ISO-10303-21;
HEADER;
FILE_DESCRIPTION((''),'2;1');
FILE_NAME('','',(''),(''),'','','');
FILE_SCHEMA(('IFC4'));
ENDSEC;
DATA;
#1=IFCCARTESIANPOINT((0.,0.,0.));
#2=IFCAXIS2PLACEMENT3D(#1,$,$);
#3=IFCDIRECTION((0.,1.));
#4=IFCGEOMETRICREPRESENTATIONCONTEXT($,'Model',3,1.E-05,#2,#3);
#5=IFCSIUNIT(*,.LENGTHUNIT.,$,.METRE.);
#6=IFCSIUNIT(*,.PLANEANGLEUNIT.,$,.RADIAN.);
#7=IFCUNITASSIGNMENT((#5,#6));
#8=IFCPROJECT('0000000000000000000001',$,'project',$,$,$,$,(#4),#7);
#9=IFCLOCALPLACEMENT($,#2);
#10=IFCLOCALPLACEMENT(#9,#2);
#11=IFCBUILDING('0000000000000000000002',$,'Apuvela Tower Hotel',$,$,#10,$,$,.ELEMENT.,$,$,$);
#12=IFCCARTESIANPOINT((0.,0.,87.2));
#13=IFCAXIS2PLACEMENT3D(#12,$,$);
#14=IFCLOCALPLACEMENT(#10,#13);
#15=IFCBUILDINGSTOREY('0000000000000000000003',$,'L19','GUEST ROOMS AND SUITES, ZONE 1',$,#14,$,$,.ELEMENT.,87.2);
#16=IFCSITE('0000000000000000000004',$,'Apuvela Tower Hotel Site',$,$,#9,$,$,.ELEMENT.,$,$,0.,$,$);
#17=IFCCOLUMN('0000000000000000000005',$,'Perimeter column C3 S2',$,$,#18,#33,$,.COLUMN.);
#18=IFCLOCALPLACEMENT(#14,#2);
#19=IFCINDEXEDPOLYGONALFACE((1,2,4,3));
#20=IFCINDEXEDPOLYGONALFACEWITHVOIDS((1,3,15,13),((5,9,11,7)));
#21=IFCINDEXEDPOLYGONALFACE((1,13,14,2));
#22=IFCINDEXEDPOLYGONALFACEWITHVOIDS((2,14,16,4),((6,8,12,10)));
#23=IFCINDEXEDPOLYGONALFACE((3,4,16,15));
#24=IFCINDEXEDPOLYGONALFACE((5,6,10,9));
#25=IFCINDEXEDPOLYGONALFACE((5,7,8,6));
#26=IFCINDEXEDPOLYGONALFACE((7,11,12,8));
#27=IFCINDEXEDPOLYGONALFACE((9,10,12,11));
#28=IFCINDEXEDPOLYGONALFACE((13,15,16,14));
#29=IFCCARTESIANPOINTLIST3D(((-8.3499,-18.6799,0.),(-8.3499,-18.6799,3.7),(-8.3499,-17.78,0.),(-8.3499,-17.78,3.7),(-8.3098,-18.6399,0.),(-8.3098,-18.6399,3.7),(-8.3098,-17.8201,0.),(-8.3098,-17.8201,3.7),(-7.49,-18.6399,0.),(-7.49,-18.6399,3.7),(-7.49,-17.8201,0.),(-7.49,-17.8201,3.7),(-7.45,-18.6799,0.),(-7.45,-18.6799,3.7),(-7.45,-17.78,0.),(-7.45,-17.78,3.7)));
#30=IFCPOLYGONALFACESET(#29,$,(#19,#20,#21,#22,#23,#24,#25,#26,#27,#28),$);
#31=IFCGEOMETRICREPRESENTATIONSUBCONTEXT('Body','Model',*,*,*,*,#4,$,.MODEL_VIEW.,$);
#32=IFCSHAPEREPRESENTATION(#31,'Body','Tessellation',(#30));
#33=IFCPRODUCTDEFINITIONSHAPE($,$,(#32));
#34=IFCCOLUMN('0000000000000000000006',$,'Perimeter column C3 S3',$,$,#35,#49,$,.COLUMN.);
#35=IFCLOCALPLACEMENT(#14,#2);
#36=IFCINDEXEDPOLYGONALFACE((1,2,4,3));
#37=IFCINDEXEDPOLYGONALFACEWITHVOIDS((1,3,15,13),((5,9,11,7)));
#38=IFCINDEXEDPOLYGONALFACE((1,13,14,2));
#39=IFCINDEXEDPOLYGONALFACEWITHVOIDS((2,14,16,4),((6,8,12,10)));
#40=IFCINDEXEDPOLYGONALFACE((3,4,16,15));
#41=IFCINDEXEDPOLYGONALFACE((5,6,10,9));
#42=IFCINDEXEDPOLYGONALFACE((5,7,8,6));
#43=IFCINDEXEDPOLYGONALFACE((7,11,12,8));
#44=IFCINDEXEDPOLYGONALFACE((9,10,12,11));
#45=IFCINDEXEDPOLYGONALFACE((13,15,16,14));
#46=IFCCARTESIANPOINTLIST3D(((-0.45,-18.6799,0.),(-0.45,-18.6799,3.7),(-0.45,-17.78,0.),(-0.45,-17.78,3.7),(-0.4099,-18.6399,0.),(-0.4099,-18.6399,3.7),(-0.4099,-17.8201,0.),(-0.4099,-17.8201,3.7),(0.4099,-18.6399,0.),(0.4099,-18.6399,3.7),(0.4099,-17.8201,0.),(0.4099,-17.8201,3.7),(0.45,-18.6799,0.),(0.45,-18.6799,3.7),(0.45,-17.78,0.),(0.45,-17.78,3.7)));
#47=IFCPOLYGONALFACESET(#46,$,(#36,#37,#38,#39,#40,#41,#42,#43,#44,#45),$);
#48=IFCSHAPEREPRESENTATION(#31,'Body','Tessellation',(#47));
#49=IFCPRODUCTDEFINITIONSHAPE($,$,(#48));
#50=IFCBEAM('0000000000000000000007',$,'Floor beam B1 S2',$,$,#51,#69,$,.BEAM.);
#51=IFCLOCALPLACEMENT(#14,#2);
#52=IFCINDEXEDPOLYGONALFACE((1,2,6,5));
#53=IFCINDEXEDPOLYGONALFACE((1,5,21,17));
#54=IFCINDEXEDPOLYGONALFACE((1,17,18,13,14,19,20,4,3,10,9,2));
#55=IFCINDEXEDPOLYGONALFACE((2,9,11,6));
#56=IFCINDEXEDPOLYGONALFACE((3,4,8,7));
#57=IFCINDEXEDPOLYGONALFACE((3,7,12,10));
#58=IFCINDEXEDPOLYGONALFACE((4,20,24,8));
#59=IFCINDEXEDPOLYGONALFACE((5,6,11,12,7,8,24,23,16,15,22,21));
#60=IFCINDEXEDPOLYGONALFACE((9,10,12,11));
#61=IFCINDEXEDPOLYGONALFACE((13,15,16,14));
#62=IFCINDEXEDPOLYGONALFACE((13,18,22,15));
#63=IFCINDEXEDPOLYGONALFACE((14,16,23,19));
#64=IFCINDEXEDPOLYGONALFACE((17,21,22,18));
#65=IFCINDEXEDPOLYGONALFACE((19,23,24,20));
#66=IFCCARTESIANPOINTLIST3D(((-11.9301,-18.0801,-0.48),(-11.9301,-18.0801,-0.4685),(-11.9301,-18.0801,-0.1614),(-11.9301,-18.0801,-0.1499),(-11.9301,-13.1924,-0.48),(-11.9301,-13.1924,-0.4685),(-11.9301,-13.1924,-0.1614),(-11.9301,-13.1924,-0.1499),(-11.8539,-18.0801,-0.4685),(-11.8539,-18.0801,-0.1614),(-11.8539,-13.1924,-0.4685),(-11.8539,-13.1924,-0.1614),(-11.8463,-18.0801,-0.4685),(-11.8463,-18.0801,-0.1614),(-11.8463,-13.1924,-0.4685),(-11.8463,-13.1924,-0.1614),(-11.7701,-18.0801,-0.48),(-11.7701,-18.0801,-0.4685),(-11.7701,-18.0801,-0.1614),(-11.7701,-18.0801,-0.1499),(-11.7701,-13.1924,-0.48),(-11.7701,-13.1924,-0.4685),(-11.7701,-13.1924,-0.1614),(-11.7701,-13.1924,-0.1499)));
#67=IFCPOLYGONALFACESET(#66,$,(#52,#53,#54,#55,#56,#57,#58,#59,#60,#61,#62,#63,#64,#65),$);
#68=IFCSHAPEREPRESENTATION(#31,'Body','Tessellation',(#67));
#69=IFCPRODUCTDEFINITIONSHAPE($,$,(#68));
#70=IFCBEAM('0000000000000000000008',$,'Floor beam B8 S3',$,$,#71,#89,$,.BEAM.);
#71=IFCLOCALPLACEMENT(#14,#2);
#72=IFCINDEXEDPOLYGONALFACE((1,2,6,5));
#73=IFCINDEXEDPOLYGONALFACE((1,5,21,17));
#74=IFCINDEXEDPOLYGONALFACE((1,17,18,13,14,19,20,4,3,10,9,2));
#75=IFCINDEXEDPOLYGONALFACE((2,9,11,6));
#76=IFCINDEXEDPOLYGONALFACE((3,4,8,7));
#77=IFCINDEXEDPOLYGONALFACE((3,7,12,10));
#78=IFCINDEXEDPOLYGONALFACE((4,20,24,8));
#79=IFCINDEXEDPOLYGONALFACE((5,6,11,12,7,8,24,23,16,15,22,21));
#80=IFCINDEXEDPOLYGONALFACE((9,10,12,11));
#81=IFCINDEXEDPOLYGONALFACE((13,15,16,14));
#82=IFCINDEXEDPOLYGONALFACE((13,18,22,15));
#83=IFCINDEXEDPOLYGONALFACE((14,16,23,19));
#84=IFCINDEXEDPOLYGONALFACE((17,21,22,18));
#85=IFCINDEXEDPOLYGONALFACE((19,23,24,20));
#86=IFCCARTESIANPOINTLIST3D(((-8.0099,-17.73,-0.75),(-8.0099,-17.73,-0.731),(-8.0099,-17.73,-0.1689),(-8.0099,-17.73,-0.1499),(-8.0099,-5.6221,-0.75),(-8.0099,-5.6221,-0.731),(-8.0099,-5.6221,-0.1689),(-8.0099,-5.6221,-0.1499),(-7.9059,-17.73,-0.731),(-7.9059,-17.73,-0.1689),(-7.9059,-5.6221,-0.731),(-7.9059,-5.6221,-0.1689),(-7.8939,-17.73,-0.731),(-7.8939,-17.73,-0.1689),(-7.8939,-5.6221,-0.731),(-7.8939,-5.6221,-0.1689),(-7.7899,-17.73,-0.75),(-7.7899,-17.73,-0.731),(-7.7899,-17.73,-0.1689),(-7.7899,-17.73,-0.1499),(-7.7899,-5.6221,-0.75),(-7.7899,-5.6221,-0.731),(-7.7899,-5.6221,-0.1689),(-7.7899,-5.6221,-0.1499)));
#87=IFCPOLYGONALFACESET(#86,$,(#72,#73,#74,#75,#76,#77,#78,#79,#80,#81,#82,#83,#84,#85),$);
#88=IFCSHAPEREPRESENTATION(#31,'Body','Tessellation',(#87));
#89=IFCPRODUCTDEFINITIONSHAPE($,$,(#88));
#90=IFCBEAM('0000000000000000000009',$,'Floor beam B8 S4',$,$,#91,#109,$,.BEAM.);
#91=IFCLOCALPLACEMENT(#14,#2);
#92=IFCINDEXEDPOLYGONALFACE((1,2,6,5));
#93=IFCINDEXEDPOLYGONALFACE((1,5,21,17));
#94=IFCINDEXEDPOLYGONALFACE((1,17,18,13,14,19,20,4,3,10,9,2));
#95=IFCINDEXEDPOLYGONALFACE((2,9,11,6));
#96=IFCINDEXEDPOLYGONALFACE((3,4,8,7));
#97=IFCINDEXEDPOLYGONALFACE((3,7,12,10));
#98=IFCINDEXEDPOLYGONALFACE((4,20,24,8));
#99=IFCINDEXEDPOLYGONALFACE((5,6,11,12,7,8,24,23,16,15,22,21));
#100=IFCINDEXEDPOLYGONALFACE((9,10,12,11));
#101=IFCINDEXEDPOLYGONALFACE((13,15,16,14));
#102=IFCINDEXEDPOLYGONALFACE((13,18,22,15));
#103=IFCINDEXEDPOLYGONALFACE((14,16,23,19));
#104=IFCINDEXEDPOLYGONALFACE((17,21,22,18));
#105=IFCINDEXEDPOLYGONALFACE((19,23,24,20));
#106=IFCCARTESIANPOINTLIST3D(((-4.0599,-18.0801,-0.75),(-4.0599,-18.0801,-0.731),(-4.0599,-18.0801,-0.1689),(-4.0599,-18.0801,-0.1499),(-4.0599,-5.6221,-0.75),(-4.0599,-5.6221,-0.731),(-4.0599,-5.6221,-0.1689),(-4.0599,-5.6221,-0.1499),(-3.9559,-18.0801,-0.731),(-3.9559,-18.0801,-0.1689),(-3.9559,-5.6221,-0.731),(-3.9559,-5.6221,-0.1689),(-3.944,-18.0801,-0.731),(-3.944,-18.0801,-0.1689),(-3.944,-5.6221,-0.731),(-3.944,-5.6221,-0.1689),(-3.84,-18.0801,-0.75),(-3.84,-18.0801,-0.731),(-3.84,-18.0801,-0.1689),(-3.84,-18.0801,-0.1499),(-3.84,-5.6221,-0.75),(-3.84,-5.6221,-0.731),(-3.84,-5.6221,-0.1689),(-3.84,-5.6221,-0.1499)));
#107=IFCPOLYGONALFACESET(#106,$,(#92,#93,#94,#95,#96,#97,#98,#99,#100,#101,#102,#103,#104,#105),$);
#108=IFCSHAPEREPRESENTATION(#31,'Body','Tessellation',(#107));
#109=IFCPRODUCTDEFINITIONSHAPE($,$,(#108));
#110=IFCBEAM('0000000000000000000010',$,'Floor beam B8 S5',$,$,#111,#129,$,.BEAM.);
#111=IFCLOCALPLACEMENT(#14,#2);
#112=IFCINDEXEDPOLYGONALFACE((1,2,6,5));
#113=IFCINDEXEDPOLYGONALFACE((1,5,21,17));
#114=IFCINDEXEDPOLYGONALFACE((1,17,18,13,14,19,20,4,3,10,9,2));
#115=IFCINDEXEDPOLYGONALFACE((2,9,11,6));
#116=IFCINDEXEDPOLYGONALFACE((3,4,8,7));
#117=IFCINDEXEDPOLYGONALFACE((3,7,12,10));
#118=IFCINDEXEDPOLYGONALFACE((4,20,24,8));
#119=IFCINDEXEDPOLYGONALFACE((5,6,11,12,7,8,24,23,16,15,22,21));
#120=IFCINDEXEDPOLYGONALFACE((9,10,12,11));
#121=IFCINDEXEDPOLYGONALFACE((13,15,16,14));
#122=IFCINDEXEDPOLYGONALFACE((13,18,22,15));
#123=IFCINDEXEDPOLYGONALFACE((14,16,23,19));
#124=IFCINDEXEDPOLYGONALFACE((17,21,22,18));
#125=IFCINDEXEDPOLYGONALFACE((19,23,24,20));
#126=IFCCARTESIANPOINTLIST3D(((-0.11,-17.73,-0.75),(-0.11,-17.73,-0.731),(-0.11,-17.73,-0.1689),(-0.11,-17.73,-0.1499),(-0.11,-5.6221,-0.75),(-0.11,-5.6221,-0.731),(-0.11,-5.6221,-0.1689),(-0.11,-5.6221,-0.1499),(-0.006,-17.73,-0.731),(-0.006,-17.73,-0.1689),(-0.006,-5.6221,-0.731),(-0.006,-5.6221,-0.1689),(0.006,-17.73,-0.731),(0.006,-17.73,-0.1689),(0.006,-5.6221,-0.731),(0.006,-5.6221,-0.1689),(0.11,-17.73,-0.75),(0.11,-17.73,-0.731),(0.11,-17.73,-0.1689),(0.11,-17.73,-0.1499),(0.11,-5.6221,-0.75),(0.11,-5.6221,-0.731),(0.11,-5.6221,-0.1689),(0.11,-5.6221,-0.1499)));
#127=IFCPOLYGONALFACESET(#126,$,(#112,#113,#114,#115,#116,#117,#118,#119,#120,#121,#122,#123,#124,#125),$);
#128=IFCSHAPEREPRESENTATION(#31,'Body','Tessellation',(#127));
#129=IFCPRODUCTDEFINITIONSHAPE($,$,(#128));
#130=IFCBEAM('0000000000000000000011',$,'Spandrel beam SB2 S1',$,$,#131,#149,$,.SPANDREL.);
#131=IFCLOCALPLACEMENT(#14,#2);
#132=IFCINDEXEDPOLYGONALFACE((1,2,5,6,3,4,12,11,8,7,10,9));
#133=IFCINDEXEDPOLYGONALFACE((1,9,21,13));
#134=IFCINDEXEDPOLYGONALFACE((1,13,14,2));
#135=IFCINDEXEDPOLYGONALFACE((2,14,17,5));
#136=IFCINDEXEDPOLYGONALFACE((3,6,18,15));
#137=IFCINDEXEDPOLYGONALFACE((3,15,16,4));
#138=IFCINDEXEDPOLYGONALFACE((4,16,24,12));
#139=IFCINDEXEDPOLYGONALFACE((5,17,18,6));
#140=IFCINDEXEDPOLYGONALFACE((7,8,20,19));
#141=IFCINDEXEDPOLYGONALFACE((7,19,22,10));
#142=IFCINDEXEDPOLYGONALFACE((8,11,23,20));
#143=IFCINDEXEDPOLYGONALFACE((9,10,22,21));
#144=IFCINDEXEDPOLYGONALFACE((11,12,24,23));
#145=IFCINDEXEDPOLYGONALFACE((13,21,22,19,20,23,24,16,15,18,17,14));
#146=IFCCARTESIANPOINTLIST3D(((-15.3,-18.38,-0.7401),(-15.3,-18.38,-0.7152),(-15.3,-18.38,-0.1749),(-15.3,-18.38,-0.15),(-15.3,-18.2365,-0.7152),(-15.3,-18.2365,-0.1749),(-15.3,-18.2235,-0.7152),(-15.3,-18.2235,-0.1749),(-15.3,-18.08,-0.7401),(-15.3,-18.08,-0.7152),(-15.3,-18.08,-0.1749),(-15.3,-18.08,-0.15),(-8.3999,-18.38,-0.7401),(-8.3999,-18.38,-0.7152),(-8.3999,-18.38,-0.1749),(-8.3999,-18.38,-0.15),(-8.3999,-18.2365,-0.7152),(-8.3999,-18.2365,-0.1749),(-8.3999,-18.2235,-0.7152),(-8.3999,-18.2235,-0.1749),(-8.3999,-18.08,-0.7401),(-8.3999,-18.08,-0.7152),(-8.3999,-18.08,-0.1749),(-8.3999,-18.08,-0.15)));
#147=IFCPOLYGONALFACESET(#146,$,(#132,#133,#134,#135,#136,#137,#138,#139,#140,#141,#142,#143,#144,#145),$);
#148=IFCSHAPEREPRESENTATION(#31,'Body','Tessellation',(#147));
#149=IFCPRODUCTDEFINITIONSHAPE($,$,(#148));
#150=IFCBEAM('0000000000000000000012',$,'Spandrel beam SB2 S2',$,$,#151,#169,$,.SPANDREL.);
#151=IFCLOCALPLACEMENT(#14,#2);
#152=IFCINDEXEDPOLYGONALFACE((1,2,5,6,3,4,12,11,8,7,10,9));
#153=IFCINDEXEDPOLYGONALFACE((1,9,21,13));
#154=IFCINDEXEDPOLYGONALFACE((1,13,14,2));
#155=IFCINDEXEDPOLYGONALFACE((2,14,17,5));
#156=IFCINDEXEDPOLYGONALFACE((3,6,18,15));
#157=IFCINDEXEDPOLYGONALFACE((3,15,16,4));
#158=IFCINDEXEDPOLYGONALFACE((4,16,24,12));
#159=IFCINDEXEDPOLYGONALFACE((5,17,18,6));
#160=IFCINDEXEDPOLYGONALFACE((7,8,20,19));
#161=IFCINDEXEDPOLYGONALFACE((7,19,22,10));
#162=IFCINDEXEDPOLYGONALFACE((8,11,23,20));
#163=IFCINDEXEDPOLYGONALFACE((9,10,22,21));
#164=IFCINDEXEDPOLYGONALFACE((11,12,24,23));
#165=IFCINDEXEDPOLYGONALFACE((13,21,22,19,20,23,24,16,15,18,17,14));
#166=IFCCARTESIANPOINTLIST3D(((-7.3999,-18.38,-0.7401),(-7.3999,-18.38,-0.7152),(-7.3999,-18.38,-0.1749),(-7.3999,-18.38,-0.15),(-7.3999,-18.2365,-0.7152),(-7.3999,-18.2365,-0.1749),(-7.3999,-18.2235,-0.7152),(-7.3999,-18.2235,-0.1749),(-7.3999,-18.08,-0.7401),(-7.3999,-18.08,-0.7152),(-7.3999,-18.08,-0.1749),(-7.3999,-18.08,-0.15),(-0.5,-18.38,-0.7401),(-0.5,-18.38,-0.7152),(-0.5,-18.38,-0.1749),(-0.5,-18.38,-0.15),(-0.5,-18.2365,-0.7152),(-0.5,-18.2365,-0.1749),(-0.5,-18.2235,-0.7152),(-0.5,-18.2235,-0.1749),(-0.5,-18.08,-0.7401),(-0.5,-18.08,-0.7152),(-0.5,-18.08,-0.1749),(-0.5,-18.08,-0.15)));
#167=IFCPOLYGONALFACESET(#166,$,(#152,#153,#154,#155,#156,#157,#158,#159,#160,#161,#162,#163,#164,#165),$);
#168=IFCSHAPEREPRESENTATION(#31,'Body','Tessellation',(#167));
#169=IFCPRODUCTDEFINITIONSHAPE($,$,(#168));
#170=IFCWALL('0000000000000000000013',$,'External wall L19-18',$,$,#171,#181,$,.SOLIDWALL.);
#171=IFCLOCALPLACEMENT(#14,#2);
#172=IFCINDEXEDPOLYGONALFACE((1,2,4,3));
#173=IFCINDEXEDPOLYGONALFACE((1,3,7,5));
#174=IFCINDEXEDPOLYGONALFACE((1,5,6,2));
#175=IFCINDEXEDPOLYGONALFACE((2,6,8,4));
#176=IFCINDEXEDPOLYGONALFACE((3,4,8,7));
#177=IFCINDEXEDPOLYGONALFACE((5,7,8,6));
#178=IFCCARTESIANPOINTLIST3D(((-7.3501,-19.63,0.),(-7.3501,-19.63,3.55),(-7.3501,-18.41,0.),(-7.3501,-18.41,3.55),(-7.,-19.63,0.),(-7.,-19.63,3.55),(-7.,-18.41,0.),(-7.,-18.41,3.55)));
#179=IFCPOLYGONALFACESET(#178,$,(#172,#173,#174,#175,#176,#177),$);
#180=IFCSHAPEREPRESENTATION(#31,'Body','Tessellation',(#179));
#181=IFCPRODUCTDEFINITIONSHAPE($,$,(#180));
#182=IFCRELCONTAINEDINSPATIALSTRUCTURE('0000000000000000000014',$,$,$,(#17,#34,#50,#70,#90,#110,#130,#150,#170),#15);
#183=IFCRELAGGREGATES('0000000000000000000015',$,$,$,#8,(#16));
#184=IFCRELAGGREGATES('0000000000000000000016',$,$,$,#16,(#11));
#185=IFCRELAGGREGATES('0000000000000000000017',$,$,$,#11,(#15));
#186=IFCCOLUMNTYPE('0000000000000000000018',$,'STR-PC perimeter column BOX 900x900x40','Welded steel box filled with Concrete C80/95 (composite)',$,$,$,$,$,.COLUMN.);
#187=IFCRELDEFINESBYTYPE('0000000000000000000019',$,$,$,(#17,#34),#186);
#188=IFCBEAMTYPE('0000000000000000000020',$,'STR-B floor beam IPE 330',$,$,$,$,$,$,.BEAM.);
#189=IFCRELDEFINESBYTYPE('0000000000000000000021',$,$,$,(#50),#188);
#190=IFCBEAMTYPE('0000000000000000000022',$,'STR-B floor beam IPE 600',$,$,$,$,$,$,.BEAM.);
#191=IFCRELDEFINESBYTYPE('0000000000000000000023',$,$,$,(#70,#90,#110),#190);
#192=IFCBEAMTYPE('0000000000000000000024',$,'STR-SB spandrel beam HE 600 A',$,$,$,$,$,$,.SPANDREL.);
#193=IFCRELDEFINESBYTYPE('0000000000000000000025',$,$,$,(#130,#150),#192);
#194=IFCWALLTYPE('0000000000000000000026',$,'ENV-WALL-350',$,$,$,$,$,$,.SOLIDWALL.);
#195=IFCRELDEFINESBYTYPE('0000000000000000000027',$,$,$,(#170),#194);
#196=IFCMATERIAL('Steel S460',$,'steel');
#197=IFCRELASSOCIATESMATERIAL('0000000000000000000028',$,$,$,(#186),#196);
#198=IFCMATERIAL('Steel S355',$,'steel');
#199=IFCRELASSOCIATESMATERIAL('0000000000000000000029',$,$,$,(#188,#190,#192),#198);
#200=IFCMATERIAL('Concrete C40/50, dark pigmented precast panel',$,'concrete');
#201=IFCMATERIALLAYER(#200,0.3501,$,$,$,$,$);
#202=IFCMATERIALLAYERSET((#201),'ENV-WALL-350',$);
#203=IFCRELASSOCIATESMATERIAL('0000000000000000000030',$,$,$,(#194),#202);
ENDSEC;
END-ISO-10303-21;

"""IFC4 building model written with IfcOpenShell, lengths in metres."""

from ifc_helpers import new_model, si_unit, direction, frame, frame_2d, origin, origin_2d, place, context, subcontext, project, spatial, rectangle, hollow_rectangle, i_section, extrude, material, layer, layer_set, material_profile, profile_set, type_object, element, save


model = new_model("IFC4")

# Units and contexts
model_context = context("Model", 3, precision=1e-05, world=origin(), true_north=direction((0.0, 1.0)))
body_context = subcontext(model_context, "Body", "Model", "MODEL_VIEW")
ifc_project = project(units=[si_unit("LENGTHUNIT", "METRE"), si_unit("PLANEANGLEUNIT", "RADIAN")], contexts=[model_context])

# Site, building, storey
site_placement = place(None, origin())
site = spatial("IfcSite", under=ifc_project, at=site_placement, Name="Apuvela Tower Hotel Site", CompositionType="ELEMENT", RefElevation=0.0)
building_placement = place(site_placement, origin())
building = spatial("IfcBuilding", under=site, at=building_placement, Name="Apuvela Tower Hotel", CompositionType="ELEMENT")
storey_placement = place(building_placement, frame((0.0, 0.0, 87.2)))
storey = spatial("IfcBuildingStorey", under=building, at=storey_placement, Name="L19", Description="GUEST ROOMS AND SUITES, ZONE 1", CompositionType="ELEMENT", Elevation=87.2)

# Columns
ifc_material_1 = material(Name="Steel S460", Category="steel")
ifc_material_profile_1 = material_profile(ifc_material_1, hollow_rectangle(XDim=0.8999, YDim=0.8999, WallThickness=0.04, at=origin_2d()), Name="BOX 900x900x40")
ifc_material_2 = material(Name="Concrete C80/95", Category="concrete")
ifc_material_profile_2 = material_profile(ifc_material_2, rectangle(XDim=0.8201, YDim=0.8201, at=origin_2d()), Name="Concrete C80/95 infill")
ifc_profile_set_1 = profile_set([ifc_material_profile_1, ifc_material_profile_2], Name="Steel S460")
column_type = type_object("IfcColumnType", Name="STR-PC perimeter column BOX 900x900x40", Description="Welded steel box filled with Concrete C80/95 (composite)", PredefinedType="COLUMN", material=ifc_profile_set_1)
for number, where, z_axis, x_axis, name in (
    (1, (-7.8999, -18.23, 0.0), (0.0, 0.0, 1.0), (-1.0, 0.0, 0.0), "Perimeter column C3 S2"),
    (2, (0.0, -18.23, 0.0), (0.0, 0.0, 1.0), (-1.0, 0.0, 0.0), "Perimeter column C3 S3"),
):
    element("IfcColumn", number, at=place(storey_placement, frame(where, z_axis=z_axis, x_axis=x_axis)), inside=storey, type_object=column_type, Name=name, PredefinedType="COLUMN", context=body_context, shape_type="SweptSolid", body=[
        extrude(hollow_rectangle(XDim=0.8999, YDim=0.8999, WallThickness=0.04, at=origin_2d()), origin(), (0.0, 0.0, 1.0), 3.7),
    ])

# Beams
ifc_material_3 = material(Name="Steel S355", Category="steel")
ifc_material_profile_3 = material_profile(ifc_material_3, i_section(OverallWidth=0.1599, OverallDepth=0.3301, WebThickness=0.0076, FlangeThickness=0.0115, at=origin_2d()), Name="IPE 330")
ifc_profile_set_2 = profile_set([ifc_material_profile_3], Name="Steel S355")
beam_type_1 = type_object("IfcBeamType", Name="STR-B floor beam IPE 330", PredefinedType="BEAM", material=ifc_profile_set_2)
beam_1_placement = place(storey_placement, frame((-11.8501, -18.0801, -0.3149), z_axis=(0.0, 1.0, 0.0), x_axis=(-1.0, 0.0, 0.0)))
element("IfcBeam", 3, at=beam_1_placement, inside=storey, type_object=beam_type_1, Name="Floor beam B1 S2", PredefinedType="BEAM", context=body_context, shape_type="SweptSolid", body=[
    extrude(i_section(OverallWidth=0.1599, OverallDepth=0.3301, WebThickness=0.0076, FlangeThickness=0.0115, at=origin_2d()), origin(), (0.0, 0.0, 1.0), 4.8877),
])
ifc_material_profile_4 = material_profile(ifc_material_3, i_section(OverallWidth=0.22, OverallDepth=0.6001, WebThickness=0.012, FlangeThickness=0.019, at=origin_2d()), Name="IPE 600")
ifc_profile_set_3 = profile_set([ifc_material_profile_4], Name="Steel S355")
beam_type_2 = type_object("IfcBeamType", Name="STR-B floor beam IPE 600", PredefinedType="BEAM", material=ifc_profile_set_3)
beam_2_placement = place(storey_placement, frame((-7.8999, -17.73, -0.45), z_axis=(0.0, 1.0, 0.0), x_axis=(-1.0, 0.0, 0.0)))
element("IfcBeam", 4, at=beam_2_placement, inside=storey, type_object=beam_type_2, Name="Floor beam B8 S3", PredefinedType="BEAM", context=body_context, shape_type="SweptSolid", body=[
    extrude(i_section(OverallWidth=0.22, OverallDepth=0.6001, WebThickness=0.012, FlangeThickness=0.019, at=origin_2d()), origin(), (0.0, 0.0, 1.0), 12.1079),
])
beam_3_placement = place(storey_placement, frame((-3.95, -18.0801, -0.45), z_axis=(0.0, 1.0, 0.0), x_axis=(-1.0, 0.0, 0.0)))
element("IfcBeam", 5, at=beam_3_placement, inside=storey, type_object=beam_type_2, Name="Floor beam B8 S4", PredefinedType="BEAM", context=body_context, shape_type="SweptSolid", body=[
    extrude(i_section(OverallWidth=0.22, OverallDepth=0.6001, WebThickness=0.012, FlangeThickness=0.019, at=origin_2d()), origin(), (0.0, 0.0, 1.0), 12.458),
])
beam_4_placement = place(storey_placement, frame((0.0, -17.73, -0.45), z_axis=(0.0, 1.0, 0.0), x_axis=(-1.0, 0.0, 0.0)))
element("IfcBeam", 6, at=beam_4_placement, inside=storey, type_object=beam_type_2, Name="Floor beam B8 S5", PredefinedType="BEAM", context=body_context, shape_type="SweptSolid", body=[
    extrude(i_section(OverallWidth=0.22, OverallDepth=0.6001, WebThickness=0.012, FlangeThickness=0.019, at=origin_2d()), origin(), (0.0, 0.0, 1.0), 12.1079),
])
ifc_material_profile_5 = material_profile(ifc_material_3, i_section(OverallWidth=0.3, OverallDepth=0.5901, WebThickness=0.0129, FlangeThickness=0.0249, at=origin_2d()), Name="HE 600 A")
ifc_profile_set_4 = profile_set([ifc_material_profile_5], Name="Steel S355")
beam_type_3 = type_object("IfcBeamType", Name="STR-SB spandrel beam HE 600 A", PredefinedType="SPANDREL", material=ifc_profile_set_4)
beam_5_placement = place(storey_placement, frame((-15.3, -18.23, -0.4451), z_axis=(1.0, 0.0, 0.0), x_axis=(0.0, 1.0, 0.0)))
element("IfcBeam", 7, at=beam_5_placement, inside=storey, type_object=beam_type_3, Name="Spandrel beam SB2 S1", PredefinedType="SPANDREL", context=body_context, shape_type="SweptSolid", body=[
    extrude(i_section(OverallWidth=0.3, OverallDepth=0.5901, WebThickness=0.0129, FlangeThickness=0.0249, at=origin_2d()), origin(), (0.0, 0.0, 1.0), 6.9001),
])
beam_6_placement = place(storey_placement, frame((-7.3999, -18.23, -0.4451), z_axis=(1.0, 0.0, 0.0), x_axis=(0.0, 1.0, 0.0)))
element("IfcBeam", 8, at=beam_6_placement, inside=storey, type_object=beam_type_3, Name="Spandrel beam SB2 S2", PredefinedType="SPANDREL", context=body_context, shape_type="SweptSolid", body=[
    extrude(i_section(OverallWidth=0.3, OverallDepth=0.5901, WebThickness=0.0129, FlangeThickness=0.0249, at=origin_2d()), origin(), (0.0, 0.0, 1.0), 6.8999),
])

# Wall
ifc_material_4 = material(Name="Concrete C40/50, dark pigmented precast panel", Category="concrete")
ifc_layer_1 = layer(ifc_material_4, 0.3501)
ifc_layer_set_1 = layer_set([ifc_layer_1], Name="ENV-WALL-350")
wall_type_1 = type_object("IfcWallType", Name="ENV-WALL-350", PredefinedType="SOLIDWALL", material=ifc_layer_set_1)
wall_1_placement = place(storey_placement, frame((-7.175, -19.6299, 0.0), z_axis=(0.0, 0.0, 1.0), x_axis=(0.0, 1.0, 0.0)))
element("IfcWall", 9, at=wall_1_placement, inside=storey, type_object=wall_type_1, Name="External wall L19-18", PredefinedType="SOLIDWALL", context=body_context, shape_type="SweptSolid", body=[
    extrude(rectangle(XDim=1.22, YDim=0.3501, at=frame_2d((0.6099, 0.0))), origin(), (0.0, 0.0, 1.0), 3.55),
])

save(model, "model.ifc")
